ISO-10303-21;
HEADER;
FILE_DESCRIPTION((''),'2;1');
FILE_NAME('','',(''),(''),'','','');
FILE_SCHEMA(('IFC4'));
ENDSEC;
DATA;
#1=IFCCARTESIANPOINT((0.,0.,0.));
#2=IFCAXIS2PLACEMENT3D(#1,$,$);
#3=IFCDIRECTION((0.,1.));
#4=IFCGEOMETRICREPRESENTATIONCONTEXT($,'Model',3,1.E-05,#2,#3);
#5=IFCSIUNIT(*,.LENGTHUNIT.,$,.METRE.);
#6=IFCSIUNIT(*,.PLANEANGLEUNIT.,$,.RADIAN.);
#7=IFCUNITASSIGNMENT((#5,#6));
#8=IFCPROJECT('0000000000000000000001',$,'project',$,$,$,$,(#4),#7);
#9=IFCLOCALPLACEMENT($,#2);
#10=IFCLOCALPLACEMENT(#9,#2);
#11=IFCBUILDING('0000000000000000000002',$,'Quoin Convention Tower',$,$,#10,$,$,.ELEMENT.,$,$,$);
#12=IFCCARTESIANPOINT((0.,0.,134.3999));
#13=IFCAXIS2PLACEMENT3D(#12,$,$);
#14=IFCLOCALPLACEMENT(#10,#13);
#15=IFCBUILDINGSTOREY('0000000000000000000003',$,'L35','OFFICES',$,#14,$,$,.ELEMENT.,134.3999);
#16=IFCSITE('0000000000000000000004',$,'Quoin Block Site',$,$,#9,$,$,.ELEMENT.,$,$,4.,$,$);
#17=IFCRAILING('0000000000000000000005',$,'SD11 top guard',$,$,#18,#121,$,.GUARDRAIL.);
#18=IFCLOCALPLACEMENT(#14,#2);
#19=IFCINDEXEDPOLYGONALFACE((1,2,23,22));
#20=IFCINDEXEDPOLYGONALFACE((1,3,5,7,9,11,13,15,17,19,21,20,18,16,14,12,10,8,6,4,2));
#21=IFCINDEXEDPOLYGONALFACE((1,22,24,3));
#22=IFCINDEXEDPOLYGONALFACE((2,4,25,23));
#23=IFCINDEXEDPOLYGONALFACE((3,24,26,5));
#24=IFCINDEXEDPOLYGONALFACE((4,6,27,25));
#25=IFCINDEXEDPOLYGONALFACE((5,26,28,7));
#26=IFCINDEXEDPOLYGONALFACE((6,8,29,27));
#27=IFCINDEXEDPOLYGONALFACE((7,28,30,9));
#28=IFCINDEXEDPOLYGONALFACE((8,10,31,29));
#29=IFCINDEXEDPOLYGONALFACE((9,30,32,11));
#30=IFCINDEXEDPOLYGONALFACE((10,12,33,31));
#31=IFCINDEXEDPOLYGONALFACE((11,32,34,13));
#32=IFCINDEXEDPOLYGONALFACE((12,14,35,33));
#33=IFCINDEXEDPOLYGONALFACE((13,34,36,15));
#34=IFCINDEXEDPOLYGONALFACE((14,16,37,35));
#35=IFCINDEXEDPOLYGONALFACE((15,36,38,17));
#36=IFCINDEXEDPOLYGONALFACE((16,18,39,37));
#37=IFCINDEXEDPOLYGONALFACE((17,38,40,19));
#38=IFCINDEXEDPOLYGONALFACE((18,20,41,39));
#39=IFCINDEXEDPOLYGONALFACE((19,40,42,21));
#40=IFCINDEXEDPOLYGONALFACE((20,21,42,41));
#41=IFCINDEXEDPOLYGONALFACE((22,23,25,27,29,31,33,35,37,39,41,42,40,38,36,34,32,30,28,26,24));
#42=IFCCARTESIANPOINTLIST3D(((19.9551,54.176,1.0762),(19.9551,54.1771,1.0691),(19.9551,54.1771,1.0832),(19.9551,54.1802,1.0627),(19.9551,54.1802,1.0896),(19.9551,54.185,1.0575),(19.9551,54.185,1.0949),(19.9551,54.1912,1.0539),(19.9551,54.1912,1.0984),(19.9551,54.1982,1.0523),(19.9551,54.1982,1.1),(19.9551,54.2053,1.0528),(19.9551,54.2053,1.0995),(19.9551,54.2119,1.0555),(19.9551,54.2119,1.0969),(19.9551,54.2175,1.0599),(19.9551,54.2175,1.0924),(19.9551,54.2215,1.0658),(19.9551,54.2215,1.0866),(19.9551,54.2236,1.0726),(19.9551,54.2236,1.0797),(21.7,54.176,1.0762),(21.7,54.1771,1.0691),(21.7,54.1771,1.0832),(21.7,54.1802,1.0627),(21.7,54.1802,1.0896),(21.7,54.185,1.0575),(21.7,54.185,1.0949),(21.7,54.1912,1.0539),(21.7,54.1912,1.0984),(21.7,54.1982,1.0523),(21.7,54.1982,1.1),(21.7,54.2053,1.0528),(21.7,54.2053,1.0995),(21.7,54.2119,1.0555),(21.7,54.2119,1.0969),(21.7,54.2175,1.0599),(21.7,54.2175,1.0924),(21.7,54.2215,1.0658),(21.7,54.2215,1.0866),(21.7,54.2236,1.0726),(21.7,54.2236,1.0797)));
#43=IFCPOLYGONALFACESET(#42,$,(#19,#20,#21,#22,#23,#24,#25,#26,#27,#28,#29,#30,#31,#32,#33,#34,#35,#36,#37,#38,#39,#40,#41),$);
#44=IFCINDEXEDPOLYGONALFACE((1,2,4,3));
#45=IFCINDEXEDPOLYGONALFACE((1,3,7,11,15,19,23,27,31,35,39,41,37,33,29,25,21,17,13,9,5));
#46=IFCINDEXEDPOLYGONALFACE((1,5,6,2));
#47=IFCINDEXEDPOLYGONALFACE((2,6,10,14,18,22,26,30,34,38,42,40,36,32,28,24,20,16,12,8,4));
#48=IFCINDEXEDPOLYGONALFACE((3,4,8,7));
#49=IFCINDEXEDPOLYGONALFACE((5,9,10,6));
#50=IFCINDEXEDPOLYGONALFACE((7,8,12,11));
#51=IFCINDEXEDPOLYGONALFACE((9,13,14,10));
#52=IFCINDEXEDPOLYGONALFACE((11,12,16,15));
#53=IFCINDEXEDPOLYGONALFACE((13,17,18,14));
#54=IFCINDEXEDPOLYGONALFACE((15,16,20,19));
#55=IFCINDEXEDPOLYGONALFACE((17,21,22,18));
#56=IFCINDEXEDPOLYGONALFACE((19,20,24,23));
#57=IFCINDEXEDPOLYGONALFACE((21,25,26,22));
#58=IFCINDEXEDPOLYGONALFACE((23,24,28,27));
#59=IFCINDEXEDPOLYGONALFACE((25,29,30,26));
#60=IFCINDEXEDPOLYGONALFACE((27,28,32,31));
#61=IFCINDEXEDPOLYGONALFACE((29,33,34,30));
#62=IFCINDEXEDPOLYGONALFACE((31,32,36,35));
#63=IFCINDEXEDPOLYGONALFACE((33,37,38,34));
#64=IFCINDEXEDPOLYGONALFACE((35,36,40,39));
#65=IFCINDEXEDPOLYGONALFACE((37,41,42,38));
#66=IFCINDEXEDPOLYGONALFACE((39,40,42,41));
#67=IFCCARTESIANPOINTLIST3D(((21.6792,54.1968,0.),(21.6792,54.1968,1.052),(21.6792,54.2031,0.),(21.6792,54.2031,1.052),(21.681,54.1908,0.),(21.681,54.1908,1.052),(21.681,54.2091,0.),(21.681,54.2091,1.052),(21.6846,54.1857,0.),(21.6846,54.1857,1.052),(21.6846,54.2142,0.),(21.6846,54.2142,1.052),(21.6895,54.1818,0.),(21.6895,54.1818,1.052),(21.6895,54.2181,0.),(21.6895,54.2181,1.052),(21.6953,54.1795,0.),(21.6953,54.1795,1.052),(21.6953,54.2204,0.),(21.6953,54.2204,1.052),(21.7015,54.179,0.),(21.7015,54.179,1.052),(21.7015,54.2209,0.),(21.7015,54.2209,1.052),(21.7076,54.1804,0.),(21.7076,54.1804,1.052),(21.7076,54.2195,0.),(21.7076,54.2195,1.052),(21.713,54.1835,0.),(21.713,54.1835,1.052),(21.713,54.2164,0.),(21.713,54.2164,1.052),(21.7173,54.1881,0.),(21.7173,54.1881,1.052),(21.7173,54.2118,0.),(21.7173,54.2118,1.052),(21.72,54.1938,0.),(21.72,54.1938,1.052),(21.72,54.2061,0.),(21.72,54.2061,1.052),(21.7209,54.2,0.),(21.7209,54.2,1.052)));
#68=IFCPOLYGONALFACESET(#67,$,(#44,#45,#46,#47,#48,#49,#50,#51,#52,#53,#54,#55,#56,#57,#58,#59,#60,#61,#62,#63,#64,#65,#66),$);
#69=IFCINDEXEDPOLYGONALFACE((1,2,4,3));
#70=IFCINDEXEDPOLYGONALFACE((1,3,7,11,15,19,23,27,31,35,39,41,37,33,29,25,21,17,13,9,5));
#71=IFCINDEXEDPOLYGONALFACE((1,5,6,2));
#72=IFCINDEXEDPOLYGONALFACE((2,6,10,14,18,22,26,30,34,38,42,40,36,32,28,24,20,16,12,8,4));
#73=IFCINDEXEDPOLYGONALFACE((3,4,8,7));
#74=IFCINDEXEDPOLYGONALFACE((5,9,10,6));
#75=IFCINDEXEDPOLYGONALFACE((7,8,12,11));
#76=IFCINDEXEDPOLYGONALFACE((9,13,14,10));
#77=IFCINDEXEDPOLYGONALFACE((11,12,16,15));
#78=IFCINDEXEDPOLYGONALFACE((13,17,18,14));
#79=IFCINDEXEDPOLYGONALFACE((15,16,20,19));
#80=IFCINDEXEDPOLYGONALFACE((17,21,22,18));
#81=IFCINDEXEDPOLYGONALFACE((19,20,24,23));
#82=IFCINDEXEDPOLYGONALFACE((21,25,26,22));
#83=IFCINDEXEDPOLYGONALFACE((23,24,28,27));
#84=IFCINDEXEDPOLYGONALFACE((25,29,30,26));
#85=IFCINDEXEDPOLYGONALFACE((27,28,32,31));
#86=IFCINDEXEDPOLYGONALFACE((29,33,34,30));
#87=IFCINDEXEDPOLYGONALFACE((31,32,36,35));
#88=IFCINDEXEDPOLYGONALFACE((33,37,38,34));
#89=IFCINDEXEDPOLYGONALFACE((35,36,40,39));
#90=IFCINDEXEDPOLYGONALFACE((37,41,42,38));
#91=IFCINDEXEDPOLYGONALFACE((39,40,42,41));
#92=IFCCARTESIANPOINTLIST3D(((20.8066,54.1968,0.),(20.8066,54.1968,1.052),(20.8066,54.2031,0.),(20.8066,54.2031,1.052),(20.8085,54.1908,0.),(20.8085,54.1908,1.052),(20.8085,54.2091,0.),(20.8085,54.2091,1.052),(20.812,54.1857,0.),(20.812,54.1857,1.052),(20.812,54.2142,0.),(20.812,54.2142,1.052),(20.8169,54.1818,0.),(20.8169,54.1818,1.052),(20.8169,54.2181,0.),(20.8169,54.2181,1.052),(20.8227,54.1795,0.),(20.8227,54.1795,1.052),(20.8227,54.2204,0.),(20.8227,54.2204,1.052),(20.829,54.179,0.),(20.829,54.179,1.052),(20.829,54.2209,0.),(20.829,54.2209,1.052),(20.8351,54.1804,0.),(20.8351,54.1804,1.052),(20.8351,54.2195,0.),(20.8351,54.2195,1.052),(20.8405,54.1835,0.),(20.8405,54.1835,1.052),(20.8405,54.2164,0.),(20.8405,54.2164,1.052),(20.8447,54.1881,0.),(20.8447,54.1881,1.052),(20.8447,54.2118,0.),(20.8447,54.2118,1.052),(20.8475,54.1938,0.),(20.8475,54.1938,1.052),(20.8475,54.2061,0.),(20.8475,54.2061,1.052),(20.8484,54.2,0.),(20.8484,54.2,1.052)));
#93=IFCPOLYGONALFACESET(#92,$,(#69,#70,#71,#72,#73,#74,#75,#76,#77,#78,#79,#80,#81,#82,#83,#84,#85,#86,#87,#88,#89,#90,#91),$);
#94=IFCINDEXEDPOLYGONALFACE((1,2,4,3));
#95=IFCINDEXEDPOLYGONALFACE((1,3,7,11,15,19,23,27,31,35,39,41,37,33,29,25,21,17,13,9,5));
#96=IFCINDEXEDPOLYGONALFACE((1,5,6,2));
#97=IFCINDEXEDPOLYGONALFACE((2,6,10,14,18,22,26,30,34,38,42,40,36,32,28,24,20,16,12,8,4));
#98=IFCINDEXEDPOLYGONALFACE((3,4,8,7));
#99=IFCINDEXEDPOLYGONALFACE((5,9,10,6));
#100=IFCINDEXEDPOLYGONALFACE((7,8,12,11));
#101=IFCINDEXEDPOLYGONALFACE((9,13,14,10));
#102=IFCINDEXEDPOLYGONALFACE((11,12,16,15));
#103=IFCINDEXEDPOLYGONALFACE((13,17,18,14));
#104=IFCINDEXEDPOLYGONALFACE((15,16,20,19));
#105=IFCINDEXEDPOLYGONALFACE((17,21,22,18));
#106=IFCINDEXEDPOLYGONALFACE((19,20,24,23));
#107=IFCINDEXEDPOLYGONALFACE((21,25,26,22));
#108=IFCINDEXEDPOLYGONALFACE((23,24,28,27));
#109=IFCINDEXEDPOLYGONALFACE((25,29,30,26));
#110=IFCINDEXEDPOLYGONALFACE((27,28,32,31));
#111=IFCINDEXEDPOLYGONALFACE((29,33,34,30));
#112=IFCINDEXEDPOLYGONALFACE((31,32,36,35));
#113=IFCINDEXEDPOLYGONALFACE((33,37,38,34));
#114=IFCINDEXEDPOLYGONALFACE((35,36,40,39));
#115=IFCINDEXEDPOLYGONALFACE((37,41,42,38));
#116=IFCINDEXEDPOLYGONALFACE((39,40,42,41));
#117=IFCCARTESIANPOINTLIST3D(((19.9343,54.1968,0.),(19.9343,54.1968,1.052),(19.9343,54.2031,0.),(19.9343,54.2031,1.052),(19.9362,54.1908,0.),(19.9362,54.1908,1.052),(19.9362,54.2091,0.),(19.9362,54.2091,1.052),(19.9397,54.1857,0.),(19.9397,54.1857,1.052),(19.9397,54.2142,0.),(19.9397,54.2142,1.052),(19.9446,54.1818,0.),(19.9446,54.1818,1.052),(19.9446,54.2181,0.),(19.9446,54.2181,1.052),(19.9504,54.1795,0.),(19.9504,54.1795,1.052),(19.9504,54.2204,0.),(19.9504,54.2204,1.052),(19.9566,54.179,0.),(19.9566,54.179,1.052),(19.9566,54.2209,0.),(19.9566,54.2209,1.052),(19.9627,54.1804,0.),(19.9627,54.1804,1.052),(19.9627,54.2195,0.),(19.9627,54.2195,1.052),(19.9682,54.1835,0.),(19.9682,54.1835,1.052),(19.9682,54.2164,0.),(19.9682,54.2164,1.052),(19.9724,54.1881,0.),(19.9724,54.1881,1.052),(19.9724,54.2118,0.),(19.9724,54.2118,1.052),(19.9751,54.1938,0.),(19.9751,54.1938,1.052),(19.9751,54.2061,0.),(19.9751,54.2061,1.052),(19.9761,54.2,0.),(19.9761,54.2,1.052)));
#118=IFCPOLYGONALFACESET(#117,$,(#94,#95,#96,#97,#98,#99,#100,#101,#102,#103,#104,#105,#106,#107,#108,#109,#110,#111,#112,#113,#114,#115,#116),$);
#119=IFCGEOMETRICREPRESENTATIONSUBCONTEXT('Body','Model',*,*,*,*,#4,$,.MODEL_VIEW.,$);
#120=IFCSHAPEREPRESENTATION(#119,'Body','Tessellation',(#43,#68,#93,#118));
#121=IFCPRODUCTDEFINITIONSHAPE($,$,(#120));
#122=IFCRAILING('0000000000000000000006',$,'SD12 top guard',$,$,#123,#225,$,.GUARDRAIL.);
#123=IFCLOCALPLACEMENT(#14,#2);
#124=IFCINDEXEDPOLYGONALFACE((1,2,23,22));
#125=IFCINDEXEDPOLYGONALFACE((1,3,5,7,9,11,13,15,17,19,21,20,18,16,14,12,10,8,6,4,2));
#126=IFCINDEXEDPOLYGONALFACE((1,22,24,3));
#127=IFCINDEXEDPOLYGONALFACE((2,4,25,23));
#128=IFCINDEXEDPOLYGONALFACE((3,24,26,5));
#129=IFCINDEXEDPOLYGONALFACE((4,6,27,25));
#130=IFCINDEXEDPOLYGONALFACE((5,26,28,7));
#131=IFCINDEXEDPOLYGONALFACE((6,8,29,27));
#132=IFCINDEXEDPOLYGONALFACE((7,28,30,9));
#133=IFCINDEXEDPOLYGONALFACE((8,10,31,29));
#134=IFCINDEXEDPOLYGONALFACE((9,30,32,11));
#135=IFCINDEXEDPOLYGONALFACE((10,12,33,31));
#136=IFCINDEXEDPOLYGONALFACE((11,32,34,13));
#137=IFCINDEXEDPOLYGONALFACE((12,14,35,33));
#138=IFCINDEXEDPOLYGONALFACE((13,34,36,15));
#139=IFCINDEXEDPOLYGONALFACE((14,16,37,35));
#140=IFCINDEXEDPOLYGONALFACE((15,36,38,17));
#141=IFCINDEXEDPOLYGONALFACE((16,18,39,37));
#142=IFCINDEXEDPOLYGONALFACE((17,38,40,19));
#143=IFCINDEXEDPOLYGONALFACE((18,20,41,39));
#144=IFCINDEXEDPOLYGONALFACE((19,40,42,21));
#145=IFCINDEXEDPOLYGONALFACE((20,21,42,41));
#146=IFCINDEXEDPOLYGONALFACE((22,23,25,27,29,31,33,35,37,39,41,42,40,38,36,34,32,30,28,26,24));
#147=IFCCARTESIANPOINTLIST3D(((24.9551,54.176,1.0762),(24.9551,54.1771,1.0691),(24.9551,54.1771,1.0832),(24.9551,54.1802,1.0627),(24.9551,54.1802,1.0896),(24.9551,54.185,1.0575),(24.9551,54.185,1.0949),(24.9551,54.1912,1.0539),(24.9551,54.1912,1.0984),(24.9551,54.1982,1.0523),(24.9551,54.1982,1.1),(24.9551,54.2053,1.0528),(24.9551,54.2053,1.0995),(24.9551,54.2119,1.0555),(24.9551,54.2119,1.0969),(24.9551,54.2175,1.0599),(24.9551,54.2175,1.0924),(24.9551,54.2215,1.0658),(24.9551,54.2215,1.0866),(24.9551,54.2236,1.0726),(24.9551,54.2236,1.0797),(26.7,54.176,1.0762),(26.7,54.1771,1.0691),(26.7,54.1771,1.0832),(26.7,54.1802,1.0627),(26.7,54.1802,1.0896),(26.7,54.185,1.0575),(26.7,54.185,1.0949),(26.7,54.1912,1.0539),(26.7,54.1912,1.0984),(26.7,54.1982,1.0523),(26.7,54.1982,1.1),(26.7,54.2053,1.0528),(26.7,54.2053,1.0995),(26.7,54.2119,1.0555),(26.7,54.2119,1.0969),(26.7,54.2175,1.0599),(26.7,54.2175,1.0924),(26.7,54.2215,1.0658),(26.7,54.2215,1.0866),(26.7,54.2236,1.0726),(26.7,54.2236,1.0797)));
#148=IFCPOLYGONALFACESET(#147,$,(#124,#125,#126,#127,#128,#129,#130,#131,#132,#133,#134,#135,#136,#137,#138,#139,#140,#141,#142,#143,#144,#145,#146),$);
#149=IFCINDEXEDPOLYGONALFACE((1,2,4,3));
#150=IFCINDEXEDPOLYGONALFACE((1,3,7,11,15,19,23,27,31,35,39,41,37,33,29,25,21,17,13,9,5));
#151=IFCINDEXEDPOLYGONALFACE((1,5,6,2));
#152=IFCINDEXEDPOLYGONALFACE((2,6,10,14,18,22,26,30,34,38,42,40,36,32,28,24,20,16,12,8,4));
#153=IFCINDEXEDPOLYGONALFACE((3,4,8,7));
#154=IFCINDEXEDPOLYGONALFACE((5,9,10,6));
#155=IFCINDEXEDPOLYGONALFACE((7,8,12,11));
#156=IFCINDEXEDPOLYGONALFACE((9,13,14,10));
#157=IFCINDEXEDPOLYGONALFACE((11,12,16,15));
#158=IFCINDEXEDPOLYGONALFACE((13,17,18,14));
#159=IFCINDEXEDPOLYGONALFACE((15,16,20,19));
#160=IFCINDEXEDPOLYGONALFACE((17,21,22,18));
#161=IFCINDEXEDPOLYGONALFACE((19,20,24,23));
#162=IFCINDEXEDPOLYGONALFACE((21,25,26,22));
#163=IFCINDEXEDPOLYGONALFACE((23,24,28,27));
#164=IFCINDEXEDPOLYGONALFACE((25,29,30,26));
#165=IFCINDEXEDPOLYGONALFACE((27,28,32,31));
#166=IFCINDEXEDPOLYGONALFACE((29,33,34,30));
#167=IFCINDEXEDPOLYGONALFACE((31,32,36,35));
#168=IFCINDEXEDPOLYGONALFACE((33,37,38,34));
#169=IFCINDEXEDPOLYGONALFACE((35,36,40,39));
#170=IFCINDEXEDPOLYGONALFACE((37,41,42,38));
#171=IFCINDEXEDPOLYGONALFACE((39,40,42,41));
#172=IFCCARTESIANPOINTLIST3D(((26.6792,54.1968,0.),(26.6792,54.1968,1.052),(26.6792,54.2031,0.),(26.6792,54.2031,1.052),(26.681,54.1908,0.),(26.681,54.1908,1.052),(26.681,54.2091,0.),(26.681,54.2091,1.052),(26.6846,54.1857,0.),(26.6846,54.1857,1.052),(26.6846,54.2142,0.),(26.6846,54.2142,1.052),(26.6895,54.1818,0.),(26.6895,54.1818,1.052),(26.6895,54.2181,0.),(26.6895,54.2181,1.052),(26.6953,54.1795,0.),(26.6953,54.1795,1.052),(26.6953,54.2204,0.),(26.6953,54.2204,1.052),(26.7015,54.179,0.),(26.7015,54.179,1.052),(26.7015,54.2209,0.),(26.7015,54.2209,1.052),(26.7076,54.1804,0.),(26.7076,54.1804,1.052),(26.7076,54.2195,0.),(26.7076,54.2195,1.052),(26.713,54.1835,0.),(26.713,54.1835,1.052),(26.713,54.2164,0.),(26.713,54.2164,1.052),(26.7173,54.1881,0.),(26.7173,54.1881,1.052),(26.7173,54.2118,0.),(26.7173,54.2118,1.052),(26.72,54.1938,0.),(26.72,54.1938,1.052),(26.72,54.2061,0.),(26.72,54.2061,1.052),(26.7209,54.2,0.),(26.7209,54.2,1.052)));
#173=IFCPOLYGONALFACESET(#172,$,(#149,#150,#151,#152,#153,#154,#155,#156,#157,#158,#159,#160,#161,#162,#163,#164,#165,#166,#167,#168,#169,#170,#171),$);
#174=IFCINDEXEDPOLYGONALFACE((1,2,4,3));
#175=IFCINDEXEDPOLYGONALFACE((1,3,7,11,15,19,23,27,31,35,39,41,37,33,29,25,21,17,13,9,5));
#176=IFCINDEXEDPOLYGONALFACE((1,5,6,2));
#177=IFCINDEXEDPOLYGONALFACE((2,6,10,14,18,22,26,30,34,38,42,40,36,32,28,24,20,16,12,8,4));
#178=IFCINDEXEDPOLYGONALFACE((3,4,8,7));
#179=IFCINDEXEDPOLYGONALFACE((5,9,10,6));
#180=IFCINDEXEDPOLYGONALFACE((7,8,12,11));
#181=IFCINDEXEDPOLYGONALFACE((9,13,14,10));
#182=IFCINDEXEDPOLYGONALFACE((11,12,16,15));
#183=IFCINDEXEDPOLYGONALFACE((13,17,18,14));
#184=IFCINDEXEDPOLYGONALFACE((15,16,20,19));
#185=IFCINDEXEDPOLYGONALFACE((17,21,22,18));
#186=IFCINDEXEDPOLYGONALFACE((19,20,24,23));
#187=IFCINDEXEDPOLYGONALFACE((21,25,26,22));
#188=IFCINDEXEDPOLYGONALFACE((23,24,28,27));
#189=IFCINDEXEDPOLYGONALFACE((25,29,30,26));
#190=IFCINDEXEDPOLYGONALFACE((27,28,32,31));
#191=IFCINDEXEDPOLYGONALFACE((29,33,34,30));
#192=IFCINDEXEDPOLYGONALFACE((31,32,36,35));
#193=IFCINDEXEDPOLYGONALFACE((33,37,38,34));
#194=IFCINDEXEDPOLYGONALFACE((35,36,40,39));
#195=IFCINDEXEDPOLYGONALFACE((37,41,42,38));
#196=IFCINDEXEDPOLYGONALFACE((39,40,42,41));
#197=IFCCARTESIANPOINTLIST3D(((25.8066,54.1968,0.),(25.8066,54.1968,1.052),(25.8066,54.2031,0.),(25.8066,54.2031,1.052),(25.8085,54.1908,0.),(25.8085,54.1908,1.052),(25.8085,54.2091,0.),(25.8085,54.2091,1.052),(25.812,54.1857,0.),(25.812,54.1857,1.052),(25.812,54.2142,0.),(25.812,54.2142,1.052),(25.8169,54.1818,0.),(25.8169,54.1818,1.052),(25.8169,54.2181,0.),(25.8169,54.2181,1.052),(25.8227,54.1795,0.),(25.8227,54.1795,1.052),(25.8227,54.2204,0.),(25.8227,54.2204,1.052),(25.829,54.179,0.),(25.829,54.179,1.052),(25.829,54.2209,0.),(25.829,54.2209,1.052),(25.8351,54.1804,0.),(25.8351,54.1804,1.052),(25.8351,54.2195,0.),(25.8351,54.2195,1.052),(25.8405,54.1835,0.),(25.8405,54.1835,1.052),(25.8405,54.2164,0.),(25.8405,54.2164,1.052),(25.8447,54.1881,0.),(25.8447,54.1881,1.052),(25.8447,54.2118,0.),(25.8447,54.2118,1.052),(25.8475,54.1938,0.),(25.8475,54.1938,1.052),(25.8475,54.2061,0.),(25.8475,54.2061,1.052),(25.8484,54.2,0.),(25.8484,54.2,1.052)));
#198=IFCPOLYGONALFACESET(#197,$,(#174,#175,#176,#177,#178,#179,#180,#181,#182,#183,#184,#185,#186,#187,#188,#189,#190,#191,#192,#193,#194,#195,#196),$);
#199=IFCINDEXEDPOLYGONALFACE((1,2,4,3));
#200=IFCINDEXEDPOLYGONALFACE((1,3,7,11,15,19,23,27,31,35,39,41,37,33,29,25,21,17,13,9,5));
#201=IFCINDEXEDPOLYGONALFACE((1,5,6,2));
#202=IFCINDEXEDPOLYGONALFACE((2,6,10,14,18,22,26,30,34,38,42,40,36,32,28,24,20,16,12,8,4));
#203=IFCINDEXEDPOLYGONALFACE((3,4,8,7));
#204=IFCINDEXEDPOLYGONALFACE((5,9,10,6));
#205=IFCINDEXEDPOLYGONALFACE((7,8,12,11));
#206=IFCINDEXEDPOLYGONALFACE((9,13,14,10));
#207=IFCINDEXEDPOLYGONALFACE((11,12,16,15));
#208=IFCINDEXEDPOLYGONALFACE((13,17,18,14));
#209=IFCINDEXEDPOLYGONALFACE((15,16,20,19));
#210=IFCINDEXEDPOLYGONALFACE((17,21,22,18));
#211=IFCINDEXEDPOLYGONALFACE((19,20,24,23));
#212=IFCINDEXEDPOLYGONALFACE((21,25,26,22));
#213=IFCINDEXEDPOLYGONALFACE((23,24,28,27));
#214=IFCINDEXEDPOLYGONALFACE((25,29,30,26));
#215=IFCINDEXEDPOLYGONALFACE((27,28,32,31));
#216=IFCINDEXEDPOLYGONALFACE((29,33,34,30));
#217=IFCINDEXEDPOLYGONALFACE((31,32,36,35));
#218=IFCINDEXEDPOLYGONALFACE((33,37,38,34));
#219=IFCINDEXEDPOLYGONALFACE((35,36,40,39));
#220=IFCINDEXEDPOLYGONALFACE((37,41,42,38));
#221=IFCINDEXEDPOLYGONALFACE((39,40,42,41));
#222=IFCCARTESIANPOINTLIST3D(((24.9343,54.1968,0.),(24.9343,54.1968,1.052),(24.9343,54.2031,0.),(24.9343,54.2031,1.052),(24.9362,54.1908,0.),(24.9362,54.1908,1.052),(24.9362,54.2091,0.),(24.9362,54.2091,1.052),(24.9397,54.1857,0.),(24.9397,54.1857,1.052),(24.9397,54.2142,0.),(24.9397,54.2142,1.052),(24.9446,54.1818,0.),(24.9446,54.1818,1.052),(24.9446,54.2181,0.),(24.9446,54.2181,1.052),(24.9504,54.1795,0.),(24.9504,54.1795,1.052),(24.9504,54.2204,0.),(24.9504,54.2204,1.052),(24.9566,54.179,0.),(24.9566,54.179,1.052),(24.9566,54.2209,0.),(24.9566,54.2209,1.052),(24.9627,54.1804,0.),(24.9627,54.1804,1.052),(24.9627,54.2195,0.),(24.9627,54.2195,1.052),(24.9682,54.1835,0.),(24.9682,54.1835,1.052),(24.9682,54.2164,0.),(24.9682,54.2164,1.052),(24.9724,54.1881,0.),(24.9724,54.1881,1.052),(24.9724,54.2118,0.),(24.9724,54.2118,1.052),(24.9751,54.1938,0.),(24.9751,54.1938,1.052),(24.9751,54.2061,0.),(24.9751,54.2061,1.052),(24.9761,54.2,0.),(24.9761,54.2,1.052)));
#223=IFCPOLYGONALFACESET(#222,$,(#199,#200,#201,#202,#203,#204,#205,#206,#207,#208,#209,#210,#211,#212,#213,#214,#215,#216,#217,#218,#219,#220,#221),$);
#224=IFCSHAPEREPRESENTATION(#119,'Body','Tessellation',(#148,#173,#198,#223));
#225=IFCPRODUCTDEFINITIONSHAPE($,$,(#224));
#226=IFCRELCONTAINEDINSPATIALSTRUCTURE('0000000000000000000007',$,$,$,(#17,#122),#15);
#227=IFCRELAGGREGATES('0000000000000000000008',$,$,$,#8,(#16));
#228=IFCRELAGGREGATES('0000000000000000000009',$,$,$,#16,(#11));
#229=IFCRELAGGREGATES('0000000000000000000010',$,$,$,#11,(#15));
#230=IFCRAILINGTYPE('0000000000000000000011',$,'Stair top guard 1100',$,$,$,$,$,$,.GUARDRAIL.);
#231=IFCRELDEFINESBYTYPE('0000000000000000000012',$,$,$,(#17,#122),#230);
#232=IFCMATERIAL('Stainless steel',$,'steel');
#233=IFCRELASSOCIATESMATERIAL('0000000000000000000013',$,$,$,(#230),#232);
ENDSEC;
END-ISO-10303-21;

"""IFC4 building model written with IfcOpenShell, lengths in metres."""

from ifc_helpers import new_model, si_unit, direction, frame, origin, origin_2d, place, context, subcontext, project, spatial, circle, extrude, material, type_object, element, save


model = new_model("IFC4")

# Units and contexts
model_context = context("Model", 3, precision=1e-05, world=origin(), true_north=direction((0.0, 1.0)))
body_context = subcontext(model_context, "Body", "Model", "MODEL_VIEW")
ifc_project = project(units=[si_unit("LENGTHUNIT", "METRE"), si_unit("PLANEANGLEUNIT", "RADIAN")], contexts=[model_context])

# Site, building, storey
site_placement = place(None, origin())
site = spatial("IfcSite", under=ifc_project, at=site_placement, Name="Quoin Block Site", CompositionType="ELEMENT", RefElevation=4.0)
building_placement = place(site_placement, origin())
building = spatial("IfcBuilding", under=site, at=building_placement, Name="Quoin Convention Tower", CompositionType="ELEMENT")
storey_placement = place(building_placement, frame((0.0, 0.0, 134.3999)))
storey = spatial("IfcBuildingStorey", under=building, at=storey_placement, Name="L35", Description="OFFICES", CompositionType="ELEMENT", Elevation=134.3999)

# Railings
ifc_material_1 = material(Name="Stainless steel", Category="steel")
railing_type_1 = type_object("IfcRailingType", Name="Stair top guard 1100", PredefinedType="GUARDRAIL", material=ifc_material_1)
for number, where, name in (
    (1, (21.7, 54.2, 0.0), "SD11 top guard"),
    (2, (26.7, 54.2, 0.0), "SD12 top guard"),
):
    element("IfcRailing", number, at=place(storey_placement, frame(where)), inside=storey, type_object=railing_type_1, Name=name, PredefinedType="GUARDRAIL", context=body_context, shape_type="SweptSolid", body=[
        extrude(circle(Radius=0.0239, at=origin_2d()), frame((0.0, 0.0, 1.0762), z_axis=(-1.0, 0.0, 0.0), x_axis=(0.0, -1.0, 0.0)), (0.0, 0.0, 1.0), 1.7449),
        extrude(circle(Radius=0.021, at=origin_2d()), origin(), (0.0, 0.0, 1.0), 1.052),
        extrude(circle(Radius=0.021, at=origin_2d()), frame((-0.8726, 0.0, 0.0)), (0.0, 0.0, 1.0), 1.052),
        extrude(circle(Radius=0.021, at=origin_2d()), frame((-1.7449, 0.0, 0.0)), (0.0, 0.0, 1.0), 1.052),
    ])

save(model, "model.ifc")
